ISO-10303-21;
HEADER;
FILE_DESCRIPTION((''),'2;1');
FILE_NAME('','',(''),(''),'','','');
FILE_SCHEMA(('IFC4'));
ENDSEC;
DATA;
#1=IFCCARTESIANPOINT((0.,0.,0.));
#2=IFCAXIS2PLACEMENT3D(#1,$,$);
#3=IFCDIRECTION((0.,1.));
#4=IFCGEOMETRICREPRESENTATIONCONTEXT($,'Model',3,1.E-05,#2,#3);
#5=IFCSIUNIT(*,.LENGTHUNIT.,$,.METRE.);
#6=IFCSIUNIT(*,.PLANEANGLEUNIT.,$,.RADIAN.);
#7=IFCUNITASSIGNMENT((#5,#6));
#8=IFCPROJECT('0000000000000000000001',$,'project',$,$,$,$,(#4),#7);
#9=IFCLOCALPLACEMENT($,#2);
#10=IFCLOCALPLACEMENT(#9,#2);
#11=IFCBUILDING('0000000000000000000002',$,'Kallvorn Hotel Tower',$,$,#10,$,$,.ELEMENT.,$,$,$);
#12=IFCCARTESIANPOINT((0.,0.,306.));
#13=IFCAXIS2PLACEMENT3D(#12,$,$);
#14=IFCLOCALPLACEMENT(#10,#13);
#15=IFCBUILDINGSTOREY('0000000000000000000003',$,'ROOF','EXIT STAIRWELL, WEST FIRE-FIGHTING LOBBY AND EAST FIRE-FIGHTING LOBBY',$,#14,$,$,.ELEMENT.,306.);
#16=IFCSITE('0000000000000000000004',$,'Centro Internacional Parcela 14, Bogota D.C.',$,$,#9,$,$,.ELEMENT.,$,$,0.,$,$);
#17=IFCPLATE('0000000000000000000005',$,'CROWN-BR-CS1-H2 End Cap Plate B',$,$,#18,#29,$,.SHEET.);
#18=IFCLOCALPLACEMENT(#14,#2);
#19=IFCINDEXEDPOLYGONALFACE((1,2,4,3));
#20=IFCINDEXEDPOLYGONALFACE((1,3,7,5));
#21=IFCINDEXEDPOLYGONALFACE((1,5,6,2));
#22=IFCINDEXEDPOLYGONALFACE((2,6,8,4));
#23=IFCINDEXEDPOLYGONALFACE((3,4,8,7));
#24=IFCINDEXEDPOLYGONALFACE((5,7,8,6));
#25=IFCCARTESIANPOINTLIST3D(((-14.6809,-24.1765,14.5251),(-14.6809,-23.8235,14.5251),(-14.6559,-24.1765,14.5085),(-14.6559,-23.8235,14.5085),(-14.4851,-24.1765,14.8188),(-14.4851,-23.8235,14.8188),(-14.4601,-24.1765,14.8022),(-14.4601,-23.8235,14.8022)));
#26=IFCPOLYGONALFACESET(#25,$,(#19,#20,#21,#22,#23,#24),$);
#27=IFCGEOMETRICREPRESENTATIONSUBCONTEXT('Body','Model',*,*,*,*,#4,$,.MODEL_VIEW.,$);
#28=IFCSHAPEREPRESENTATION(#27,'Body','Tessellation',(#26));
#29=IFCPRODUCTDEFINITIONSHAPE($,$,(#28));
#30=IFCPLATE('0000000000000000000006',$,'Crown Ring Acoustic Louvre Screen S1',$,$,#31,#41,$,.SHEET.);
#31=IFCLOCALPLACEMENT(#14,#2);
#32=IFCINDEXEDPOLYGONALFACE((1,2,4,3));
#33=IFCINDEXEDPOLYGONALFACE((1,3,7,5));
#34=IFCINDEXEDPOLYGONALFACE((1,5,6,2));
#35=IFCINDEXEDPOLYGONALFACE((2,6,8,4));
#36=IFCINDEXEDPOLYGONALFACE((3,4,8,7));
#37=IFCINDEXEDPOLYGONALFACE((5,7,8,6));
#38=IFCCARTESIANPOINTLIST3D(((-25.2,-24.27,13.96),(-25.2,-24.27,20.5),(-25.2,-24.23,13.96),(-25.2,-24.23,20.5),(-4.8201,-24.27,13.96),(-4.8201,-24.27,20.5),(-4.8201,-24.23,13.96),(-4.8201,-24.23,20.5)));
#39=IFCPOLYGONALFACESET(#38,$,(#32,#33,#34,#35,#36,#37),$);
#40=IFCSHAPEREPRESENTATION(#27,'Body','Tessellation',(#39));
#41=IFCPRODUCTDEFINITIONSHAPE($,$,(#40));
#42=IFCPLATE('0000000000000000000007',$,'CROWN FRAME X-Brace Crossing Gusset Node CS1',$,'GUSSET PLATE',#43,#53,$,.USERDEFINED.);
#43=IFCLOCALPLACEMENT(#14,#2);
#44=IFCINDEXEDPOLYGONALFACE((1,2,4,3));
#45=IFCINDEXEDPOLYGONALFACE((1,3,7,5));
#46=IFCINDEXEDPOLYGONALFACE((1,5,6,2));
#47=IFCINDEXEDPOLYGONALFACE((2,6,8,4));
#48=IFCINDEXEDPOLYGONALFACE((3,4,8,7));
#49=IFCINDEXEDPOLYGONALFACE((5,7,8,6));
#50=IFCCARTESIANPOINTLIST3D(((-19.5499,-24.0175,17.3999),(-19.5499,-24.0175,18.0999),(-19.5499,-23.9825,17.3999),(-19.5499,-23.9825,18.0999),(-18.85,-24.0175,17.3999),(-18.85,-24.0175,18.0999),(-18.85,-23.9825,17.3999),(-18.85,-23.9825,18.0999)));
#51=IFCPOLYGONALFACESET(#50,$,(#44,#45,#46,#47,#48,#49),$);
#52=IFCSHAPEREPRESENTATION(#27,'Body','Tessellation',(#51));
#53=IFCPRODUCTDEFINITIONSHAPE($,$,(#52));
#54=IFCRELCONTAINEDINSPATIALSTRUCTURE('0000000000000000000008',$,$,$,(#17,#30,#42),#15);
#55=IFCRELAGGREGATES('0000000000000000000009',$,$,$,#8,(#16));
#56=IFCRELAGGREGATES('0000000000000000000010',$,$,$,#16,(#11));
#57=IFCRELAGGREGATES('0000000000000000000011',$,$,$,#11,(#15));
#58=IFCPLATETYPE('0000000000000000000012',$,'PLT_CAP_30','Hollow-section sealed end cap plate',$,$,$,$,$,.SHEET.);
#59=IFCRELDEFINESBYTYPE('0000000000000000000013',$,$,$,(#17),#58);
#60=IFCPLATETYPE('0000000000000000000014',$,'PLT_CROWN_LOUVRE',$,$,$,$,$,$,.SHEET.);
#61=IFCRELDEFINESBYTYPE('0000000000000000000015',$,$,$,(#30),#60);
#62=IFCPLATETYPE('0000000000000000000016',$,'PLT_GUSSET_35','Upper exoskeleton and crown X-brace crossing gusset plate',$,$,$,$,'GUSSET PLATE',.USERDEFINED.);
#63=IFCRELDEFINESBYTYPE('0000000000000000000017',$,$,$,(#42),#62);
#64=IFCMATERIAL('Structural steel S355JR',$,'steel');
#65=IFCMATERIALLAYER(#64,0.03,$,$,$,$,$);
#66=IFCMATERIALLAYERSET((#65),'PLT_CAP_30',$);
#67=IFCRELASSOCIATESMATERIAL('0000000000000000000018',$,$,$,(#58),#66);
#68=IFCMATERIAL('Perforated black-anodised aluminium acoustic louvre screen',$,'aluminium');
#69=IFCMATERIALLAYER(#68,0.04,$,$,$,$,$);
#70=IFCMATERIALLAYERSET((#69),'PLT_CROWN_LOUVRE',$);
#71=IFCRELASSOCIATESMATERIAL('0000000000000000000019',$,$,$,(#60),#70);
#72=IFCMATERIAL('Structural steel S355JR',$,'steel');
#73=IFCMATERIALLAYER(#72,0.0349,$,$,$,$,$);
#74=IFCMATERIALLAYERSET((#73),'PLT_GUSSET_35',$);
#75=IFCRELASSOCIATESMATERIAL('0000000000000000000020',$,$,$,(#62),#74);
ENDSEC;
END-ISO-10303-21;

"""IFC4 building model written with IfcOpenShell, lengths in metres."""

from ifc_helpers import new_model, si_unit, direction, frame, origin, origin_2d, place, context, subcontext, project, spatial, polyline, rectangle, outline, extrude, material, layer, layer_set, type_object, element, save


model = new_model("IFC4")

# Units and contexts
model_context = context("Model", 3, precision=1e-05, world=origin(), true_north=direction((0.0, 1.0)))
body_context = subcontext(model_context, "Body", "Model", "MODEL_VIEW")
ifc_project = project(units=[si_unit("LENGTHUNIT", "METRE"), si_unit("PLANEANGLEUNIT", "RADIAN")], contexts=[model_context])

# Site, building, storey
site_placement = place(None, origin())
site = spatial("IfcSite", under=ifc_project, at=site_placement, Name="Centro Internacional Parcela 14, Bogota D.C.", CompositionType="ELEMENT", RefElevation=0.0)
building_placement = place(site_placement, origin())
building = spatial("IfcBuilding", under=site, at=building_placement, Name="Kallvorn Hotel Tower", CompositionType="ELEMENT")
storey_placement = place(building_placement, frame((0.0, 0.0, 306.0)))
storey = spatial("IfcBuildingStorey", under=building, at=storey_placement, Name="ROOF", Description="EXIT STAIRWELL, WEST FIRE-FIGHTING LOBBY AND EAST FIRE-FIGHTING LOBBY", CompositionType="ELEMENT", Elevation=306.0)

# Plates
ifc_material_1 = material(Name="Structural steel S355JR", Category="steel")
ifc_layer_1 = layer(ifc_material_1, 0.03)
ifc_layer_set_1 = layer_set([ifc_layer_1], Name="PLT_CAP_30")
plate_type_1 = type_object("IfcPlateType", Name="PLT_CAP_30", Description="Hollow-section sealed end cap plate", PredefinedType="SHEET", material=ifc_layer_set_1)
for number, where, z_axis, x_axis, name in (
    (1, (-14.6809, -23.8235, 14.5251), (-0.83205, 0.0, 0.5547), (0.0, -1.0, 0.0), "CROWN-BR-CS1-H2 End Cap Plate B"),
):
    element("IfcPlate", number, at=place(storey_placement, frame(where, z_axis=z_axis, x_axis=x_axis)), inside=storey, type_object=plate_type_1, Name=name, PredefinedType="SHEET", context=body_context, shape_type="SweptSolid", body=[
        extrude(outline(polyline([(0.0, 0.0), (0.353, 0.0), (0.353, 0.353), (0.0, 0.353), (0.0, 0.0)])), origin(), (0.0, 0.0, -1.0), 0.03),
    ])
ifc_material_2 = material(Name="Perforated black-anodised aluminium acoustic louvre screen", Category="aluminium")
ifc_layer_2 = layer(ifc_material_2, 0.04)
ifc_layer_set_2 = layer_set([ifc_layer_2], Name="PLT_CROWN_LOUVRE")
plate_type_2 = type_object("IfcPlateType", Name="PLT_CROWN_LOUVRE", PredefinedType="SHEET", material=ifc_layer_set_2)
plate_1_placement = place(storey_placement, frame((-15.01, -24.25, 13.96), z_axis=(0.0, 0.0, 1.0), x_axis=(1.0, 0.0, 0.0)))
element("IfcPlate", 2, at=plate_1_placement, inside=storey, type_object=plate_type_2, Name="Crown Ring Acoustic Louvre Screen S1", PredefinedType="SHEET", context=body_context, shape_type="SweptSolid", body=[
    extrude(rectangle(XDim=20.3799, YDim=0.04, at=origin_2d()), origin(), (0.0, 0.0, 1.0), 6.54),
])
ifc_material_3 = material(Name="Structural steel S355JR", Category="steel")
ifc_layer_3 = layer(ifc_material_3, 0.0349)
ifc_layer_set_3 = layer_set([ifc_layer_3], Name="PLT_GUSSET_35")
plate_type_3 = type_object("IfcPlateType", Name="PLT_GUSSET_35", Description="Upper exoskeleton and crown X-brace crossing gusset plate", ElementType="GUSSET PLATE", PredefinedType="USERDEFINED", material=ifc_layer_set_3)
plate_2_placement = place(storey_placement, frame((-19.2, -24.0, 17.3999), z_axis=(0.0, 0.0, 1.0), x_axis=(1.0, 0.0, 0.0)))
element("IfcPlate", 3, at=plate_2_placement, inside=storey, type_object=plate_type_3, Name="CROWN FRAME X-Brace Crossing Gusset Node CS1", ObjectType="GUSSET PLATE", PredefinedType="USERDEFINED", context=body_context, shape_type="SweptSolid", body=[
    extrude(rectangle(XDim=0.7, YDim=0.0349, at=origin_2d()), origin(), (0.0, 0.0, 1.0), 0.7),
])

save(model, "model.ifc")
